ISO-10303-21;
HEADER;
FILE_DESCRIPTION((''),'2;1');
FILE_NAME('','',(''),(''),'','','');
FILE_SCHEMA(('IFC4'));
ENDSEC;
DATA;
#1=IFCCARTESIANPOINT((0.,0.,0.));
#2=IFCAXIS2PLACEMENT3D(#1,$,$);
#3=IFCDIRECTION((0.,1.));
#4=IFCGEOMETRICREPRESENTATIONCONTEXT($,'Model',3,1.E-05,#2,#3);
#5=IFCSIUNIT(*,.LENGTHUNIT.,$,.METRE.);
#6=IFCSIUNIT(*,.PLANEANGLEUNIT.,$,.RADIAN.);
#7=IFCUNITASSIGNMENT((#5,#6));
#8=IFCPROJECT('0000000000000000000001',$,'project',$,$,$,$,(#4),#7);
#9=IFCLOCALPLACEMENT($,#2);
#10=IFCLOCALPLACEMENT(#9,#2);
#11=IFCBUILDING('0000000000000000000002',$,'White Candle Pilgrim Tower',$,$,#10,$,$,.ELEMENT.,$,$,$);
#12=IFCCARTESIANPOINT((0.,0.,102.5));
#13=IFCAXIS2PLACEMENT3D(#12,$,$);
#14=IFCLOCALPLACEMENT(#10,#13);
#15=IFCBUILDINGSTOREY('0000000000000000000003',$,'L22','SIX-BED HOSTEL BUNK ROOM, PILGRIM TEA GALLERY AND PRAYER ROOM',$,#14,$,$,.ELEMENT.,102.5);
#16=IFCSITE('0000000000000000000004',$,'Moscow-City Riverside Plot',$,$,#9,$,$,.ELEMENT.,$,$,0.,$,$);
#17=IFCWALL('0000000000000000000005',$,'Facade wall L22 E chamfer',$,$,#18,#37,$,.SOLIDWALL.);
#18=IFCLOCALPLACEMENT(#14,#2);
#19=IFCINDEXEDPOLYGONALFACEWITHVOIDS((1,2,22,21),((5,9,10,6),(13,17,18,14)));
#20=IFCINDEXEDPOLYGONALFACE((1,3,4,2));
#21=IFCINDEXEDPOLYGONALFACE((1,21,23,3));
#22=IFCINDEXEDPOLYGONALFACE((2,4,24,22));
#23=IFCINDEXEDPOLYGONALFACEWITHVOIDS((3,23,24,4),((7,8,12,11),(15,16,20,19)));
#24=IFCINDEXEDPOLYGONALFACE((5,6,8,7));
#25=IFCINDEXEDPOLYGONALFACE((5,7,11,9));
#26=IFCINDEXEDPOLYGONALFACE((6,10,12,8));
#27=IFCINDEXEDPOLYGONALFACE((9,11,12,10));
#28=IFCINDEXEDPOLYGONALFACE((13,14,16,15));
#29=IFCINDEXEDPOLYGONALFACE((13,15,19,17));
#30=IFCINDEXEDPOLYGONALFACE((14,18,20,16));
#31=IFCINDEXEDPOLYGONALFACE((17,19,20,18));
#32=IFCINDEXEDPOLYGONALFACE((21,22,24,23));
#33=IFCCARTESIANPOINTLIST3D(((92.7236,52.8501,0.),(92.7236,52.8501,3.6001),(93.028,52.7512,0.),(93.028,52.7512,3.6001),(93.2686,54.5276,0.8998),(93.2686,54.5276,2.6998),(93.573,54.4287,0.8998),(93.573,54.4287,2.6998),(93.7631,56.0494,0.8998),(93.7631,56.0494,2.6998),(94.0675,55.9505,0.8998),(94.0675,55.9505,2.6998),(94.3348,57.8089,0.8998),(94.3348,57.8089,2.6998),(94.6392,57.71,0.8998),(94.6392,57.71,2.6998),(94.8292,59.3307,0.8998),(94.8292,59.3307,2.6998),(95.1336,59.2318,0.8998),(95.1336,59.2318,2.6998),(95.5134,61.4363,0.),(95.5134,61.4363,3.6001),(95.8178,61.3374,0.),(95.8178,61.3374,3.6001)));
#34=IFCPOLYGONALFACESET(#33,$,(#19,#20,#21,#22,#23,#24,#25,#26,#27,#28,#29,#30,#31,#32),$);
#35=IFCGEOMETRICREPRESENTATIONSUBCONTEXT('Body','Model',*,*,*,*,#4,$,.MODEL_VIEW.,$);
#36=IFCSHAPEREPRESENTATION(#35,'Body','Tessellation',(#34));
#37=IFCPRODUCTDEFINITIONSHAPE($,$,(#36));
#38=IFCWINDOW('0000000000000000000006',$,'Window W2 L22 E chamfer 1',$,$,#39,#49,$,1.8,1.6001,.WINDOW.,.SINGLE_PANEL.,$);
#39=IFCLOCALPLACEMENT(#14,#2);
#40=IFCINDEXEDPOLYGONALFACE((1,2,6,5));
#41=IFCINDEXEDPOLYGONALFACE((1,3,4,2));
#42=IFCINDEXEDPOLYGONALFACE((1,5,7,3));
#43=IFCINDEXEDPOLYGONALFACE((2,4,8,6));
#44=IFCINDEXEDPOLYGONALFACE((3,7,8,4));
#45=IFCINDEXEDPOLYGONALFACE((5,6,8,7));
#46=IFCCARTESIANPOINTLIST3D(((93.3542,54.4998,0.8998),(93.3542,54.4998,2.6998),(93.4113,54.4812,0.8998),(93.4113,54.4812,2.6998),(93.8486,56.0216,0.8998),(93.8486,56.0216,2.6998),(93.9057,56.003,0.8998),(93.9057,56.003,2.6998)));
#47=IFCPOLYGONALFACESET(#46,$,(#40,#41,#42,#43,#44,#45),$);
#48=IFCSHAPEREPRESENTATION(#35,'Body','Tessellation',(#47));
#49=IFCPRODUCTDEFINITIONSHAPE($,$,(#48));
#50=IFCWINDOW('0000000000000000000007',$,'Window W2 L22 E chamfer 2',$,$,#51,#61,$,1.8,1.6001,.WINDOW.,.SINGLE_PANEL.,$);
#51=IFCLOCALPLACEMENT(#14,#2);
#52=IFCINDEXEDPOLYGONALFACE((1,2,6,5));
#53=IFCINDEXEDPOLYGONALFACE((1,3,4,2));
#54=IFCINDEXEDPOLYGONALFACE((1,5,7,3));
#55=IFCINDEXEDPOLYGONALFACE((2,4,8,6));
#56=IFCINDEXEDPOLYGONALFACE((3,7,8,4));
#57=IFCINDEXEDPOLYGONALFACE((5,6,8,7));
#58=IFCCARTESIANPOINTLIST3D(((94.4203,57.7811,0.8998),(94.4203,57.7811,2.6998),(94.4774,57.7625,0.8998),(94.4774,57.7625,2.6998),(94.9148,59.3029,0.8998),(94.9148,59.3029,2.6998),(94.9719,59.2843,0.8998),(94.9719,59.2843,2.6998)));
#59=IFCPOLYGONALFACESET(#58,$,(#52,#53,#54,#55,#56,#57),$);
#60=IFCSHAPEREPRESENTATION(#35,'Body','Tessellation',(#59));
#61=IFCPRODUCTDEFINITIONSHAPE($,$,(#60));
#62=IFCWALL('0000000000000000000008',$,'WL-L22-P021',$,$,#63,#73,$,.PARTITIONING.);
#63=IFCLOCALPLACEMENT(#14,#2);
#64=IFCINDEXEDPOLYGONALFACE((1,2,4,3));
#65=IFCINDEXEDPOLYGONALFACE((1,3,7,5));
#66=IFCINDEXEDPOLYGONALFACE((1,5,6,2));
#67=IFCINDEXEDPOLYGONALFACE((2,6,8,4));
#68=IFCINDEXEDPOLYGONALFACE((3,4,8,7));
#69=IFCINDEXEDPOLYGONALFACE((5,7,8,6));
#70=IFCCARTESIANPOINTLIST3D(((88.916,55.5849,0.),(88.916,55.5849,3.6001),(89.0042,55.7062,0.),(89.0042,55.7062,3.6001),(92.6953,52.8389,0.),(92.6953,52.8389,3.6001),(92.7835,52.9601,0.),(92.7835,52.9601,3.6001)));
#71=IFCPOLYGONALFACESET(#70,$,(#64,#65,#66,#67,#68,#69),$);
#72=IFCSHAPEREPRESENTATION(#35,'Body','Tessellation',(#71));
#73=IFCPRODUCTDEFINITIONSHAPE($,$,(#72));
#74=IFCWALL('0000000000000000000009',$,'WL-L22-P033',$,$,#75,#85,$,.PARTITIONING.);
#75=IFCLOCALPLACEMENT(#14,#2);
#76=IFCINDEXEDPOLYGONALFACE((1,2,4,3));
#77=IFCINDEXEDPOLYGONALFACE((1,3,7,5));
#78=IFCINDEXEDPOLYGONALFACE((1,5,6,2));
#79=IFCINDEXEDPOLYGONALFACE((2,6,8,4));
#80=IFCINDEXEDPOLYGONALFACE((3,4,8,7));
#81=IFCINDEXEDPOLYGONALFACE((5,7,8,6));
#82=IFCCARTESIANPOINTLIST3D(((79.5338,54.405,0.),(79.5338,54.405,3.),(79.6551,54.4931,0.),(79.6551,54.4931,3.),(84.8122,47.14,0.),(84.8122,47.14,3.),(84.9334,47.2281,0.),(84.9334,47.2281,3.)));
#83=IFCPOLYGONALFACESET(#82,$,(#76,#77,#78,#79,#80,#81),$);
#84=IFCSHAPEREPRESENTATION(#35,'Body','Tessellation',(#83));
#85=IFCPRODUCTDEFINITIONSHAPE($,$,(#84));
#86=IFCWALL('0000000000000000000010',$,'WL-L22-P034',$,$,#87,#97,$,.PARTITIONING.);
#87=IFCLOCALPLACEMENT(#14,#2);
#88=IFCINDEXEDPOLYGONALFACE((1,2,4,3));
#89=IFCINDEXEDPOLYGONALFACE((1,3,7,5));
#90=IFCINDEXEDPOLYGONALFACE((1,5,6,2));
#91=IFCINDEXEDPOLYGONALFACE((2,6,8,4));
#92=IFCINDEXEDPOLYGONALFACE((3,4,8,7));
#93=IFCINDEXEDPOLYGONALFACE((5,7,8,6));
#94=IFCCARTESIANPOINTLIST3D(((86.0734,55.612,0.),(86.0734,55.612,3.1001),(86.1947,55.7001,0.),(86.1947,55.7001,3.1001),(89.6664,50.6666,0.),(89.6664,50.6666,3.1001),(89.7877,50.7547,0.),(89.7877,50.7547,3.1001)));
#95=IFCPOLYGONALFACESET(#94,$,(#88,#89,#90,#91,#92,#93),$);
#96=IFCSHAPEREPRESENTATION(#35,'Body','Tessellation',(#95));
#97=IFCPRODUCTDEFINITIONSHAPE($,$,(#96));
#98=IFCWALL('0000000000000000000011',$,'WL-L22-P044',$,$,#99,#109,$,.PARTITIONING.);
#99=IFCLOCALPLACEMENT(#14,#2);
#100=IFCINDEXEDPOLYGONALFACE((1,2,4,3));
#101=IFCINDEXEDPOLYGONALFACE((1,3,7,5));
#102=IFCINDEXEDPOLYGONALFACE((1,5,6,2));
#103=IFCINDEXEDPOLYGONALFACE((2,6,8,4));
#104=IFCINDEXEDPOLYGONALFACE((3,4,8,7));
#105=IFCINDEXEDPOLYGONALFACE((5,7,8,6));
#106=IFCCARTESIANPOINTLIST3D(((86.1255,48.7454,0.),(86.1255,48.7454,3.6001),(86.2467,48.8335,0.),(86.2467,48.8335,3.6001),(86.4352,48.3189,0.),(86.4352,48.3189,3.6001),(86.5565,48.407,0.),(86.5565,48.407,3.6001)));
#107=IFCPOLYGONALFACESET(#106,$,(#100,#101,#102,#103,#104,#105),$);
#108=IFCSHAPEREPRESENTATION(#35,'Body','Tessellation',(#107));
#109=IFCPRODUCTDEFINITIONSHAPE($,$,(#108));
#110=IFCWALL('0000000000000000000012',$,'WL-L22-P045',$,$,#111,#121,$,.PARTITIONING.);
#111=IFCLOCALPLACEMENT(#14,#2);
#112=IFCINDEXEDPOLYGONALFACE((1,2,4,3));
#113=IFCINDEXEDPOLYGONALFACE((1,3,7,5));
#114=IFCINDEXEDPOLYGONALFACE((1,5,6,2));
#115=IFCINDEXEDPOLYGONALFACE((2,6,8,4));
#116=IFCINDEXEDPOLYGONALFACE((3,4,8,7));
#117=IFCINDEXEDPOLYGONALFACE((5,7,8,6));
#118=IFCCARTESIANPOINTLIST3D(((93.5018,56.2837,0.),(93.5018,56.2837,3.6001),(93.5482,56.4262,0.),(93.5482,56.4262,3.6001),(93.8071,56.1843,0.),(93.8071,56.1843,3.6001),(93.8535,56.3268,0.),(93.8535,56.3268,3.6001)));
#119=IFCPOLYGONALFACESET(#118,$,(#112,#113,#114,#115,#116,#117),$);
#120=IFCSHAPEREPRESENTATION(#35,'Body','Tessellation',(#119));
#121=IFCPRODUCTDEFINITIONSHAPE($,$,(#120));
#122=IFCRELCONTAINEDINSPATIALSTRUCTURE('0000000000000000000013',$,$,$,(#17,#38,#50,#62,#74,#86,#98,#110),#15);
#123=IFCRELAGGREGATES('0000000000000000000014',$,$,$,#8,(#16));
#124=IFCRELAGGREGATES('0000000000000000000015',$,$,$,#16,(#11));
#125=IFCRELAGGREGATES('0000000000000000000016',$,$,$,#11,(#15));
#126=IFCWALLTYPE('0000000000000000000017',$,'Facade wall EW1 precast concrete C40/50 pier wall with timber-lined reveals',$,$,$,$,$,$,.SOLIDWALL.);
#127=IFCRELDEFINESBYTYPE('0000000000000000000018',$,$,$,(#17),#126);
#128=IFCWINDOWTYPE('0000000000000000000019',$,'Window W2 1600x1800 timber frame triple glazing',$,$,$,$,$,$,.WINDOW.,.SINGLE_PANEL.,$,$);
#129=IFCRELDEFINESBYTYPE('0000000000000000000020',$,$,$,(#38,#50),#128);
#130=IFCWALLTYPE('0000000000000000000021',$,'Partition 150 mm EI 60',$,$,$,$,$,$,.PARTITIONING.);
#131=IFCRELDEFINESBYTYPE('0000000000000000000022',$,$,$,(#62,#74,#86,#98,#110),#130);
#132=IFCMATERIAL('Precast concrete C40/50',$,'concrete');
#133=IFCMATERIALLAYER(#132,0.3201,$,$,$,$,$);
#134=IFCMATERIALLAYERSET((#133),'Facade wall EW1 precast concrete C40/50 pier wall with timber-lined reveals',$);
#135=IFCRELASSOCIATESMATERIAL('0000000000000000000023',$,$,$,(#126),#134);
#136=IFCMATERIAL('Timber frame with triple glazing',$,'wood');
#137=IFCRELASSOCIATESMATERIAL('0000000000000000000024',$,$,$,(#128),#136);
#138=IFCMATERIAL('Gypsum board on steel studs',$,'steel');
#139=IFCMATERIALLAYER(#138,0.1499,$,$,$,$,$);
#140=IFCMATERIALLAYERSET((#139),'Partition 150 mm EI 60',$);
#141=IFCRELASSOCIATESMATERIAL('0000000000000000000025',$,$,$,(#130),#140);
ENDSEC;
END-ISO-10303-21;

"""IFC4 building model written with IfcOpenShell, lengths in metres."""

from ifc_helpers import new_model, si_unit, direction, frame, frame_2d, origin, place, context, subcontext, project, spatial, rectangle, extrude, material, layer, layer_set, type_object, element, fill, save


model = new_model("IFC4")

# Units and contexts
model_context = context("Model", 3, precision=1e-05, world=origin(), true_north=direction((0.0, 1.0)))
body_context = subcontext(model_context, "Body", "Model", "MODEL_VIEW")
ifc_project = project(units=[si_unit("LENGTHUNIT", "METRE"), si_unit("PLANEANGLEUNIT", "RADIAN")], contexts=[model_context])

# Site, building, storey
site_placement = place(None, origin())
site = spatial("IfcSite", under=ifc_project, at=site_placement, Name="Moscow-City Riverside Plot", CompositionType="ELEMENT", RefElevation=0.0)
building_placement = place(site_placement, origin())
building = spatial("IfcBuilding", under=site, at=building_placement, Name="White Candle Pilgrim Tower", CompositionType="ELEMENT")
storey_placement = place(building_placement, frame((0.0, 0.0, 102.5)))
storey = spatial("IfcBuildingStorey", under=building, at=storey_placement, Name="L22", Description="SIX-BED HOSTEL BUNK ROOM, PILGRIM TEA GALLERY AND PRAYER ROOM", CompositionType="ELEMENT", Elevation=102.5)

# Shared definitions
ifc_material_1 = material(Name="Gypsum board on steel studs", Category="steel")

# Wall, openings, windows
ifc_material_2 = material(Name="Precast concrete C40/50", Category="concrete")
ifc_layer_1 = layer(ifc_material_2, 0.3201)
ifc_layer_set_1 = layer_set([ifc_layer_1], Name="Facade wall EW1 precast concrete C40/50 pier wall with timber-lined reveals")
wall_type_1 = type_object("IfcWallType", Name="Facade wall EW1 precast concrete C40/50 pier wall with timber-lined reveals", PredefinedType="SOLIDWALL", material=ifc_layer_set_1)
wall_1_placement = place(storey_placement, frame((92.8757, 52.8005, 0.0), z_axis=(0.0, 0.0, 1.0), x_axis=(0.309015, 0.951057, 0.0)))
wall_1 = element("IfcWall", 1, at=wall_1_placement, inside=storey, type_object=wall_type_1, Name="Facade wall L22 E chamfer", PredefinedType="SOLIDWALL", context=body_context, shape_type="SweptSolid", body=[
    extrude(rectangle(XDim=9.0281, YDim=0.3201, at=frame_2d((4.5142, 0.0))), origin(), (0.0, 0.0, 1.0), 3.6001),
])
opening_1_placement = place(wall_1_placement, frame((1.7639, 0.0, 0.8999)))
opening_1 = element("IfcOpeningElement", 2, at=opening_1_placement, cuts=wall_1, PredefinedType="OPENING", context=body_context, shape_type="SweptSolid", body=[
    extrude(rectangle(XDim=1.6001, YDim=1.8, at=frame_2d((0.8, 0.8999))), frame((0.0, 0.1699, 0.0), z_axis=(0.0, -1.0, 0.0), x_axis=(1.0, 0.0, 0.0)), (0.0, 0.0, 1.0), 0.3401),
])
opening_2_placement = place(wall_1_placement, frame((5.2141, 0.0, 0.8999)))
opening_2 = element("IfcOpeningElement", 3, at=opening_2_placement, cuts=wall_1, PredefinedType="OPENING", context=body_context, shape_type="SweptSolid", body=[
    extrude(rectangle(XDim=1.6001, YDim=1.8, at=frame_2d((0.8, 0.8999))), frame((0.0, 0.1699, 0.0), z_axis=(0.0, -1.0, 0.0), x_axis=(1.0, 0.0, 0.0)), (0.0, 0.0, 1.0), 0.3401),
])
ifc_material_3 = material(Name="Timber frame with triple glazing", Category="wood")
window_type = type_object("IfcWindowType", Name="Window W2 1600x1800 timber frame triple glazing", PartitioningType="SINGLE_PANEL", PredefinedType="WINDOW", material=ifc_material_3)
window_1_placement = place(opening_1_placement, origin())
window_1 = element("IfcWindow", 4, at=window_1_placement, inside=storey, type_object=window_type, Name="Window W2 L22 E chamfer 1", OverallHeight=1.8, OverallWidth=1.6001, PartitioningType="SINGLE_PANEL", PredefinedType="WINDOW", context=body_context, shape_type="SweptSolid", body=[
    extrude(rectangle(XDim=1.6001, YDim=1.8, at=frame_2d((0.8, 0.8999))), frame((0.0, 0.0701, 0.0), z_axis=(0.0, -1.0, 0.0), x_axis=(1.0, 0.0, 0.0)), (0.0, 0.0, 1.0), 0.0601),
])
fill(opening_1, window_1)
window_2_placement = place(opening_2_placement, origin())
window_2 = element("IfcWindow", 5, at=window_2_placement, inside=storey, type_object=window_type, Name="Window W2 L22 E chamfer 2", OverallHeight=1.8, OverallWidth=1.6001, PartitioningType="SINGLE_PANEL", PredefinedType="WINDOW", context=body_context, shape_type="SweptSolid", body=[
    extrude(rectangle(XDim=1.6001, YDim=1.8, at=frame_2d((0.8, 0.8999))), frame((0.0, 0.0701, 0.0), z_axis=(0.0, -1.0, 0.0), x_axis=(1.0, 0.0, 0.0)), (0.0, 0.0, 1.0), 0.0601),
])
fill(opening_2, window_2)

# Walls
ifc_layer_2 = layer(ifc_material_1, 0.1499)
ifc_layer_set_2 = layer_set([ifc_layer_2], Name="Partition 150 mm EI 60")
wall_type_2 = type_object("IfcWallType", Name="Partition 150 mm EI 60", PredefinedType="PARTITIONING", material=ifc_layer_set_2)
wall_2_placement = place(storey_placement, frame((92.7395, 52.8994, 0.0), z_axis=(0.0, 0.0, 1.0), x_axis=(-0.808989, 0.587824, 0.0)))
element("IfcWall", 6, at=wall_2_placement, inside=storey, type_object=wall_type_2, Name="WL-L22-P021", PredefinedType="PARTITIONING", context=body_context, shape_type="SweptSolid", body=[
    extrude(rectangle(XDim=4.6716, YDim=0.1499, at=frame_2d((2.3359, 0.0))), origin(), (0.0, 0.0, 1.0), 3.6001),
])
wall_3_placement = place(storey_placement, frame((84.8728, 47.1841, 0.0), z_axis=(0.0, 0.0, 1.0), x_axis=(-0.58779, 0.809013, 0.0)))
element("IfcWall", 7, at=wall_3_placement, inside=storey, type_object=wall_type_2, Name="WL-L22-P033", PredefinedType="PARTITIONING", context=body_context, shape_type="SweptSolid", body=[
    extrude(rectangle(XDim=8.98, YDim=0.1499, at=frame_2d((4.49, 0.0))), origin(), (0.0, 0.0, 1.0), 3.0),
])
wall_4_placement = place(storey_placement, frame((89.7271, 50.7107, 0.0), z_axis=(0.0, 0.0, 1.0), x_axis=(-0.587789, 0.809014, 0.0)))
element("IfcWall", 8, at=wall_4_placement, inside=storey, type_object=wall_type_2, Name="WL-L22-P034", PredefinedType="PARTITIONING", context=body_context, shape_type="SweptSolid", body=[
    extrude(rectangle(XDim=6.1128, YDim=0.1499, at=frame_2d((3.0564, 0.0))), origin(), (0.0, 0.0, 1.0), 3.1001),
])
wall_5_placement = place(storey_placement, frame((86.186, 48.7896, 0.0), z_axis=(0.0, 0.0, 1.0), x_axis=(0.587703, -0.809076, 0.0)))
element("IfcWall", 9, at=wall_5_placement, inside=storey, type_object=wall_type_2, Name="WL-L22-P044", PredefinedType="PARTITIONING", context=body_context, shape_type="SweptSolid", body=[
    extrude(rectangle(XDim=0.5271, YDim=0.1499, at=frame_2d((0.2637, 0.0))), origin(), (0.0, 0.0, 1.0), 3.6001),
])
wall_6_placement = place(storey_placement, frame((93.5249, 56.355, 0.0), z_axis=(0.0, 0.0, 1.0), x_axis=(0.950866, -0.309602, 0.0)))
element("IfcWall", 10, at=wall_6_placement, inside=storey, type_object=wall_type_2, Name="WL-L22-P045", PredefinedType="PARTITIONING", context=body_context, shape_type="SweptSolid", body=[
    extrude(rectangle(XDim=0.321, YDim=0.1499, at=frame_2d((0.1606, 0.0))), origin(), (0.0, 0.0, 1.0), 3.6001),
])

save(model, "model.ifc")
